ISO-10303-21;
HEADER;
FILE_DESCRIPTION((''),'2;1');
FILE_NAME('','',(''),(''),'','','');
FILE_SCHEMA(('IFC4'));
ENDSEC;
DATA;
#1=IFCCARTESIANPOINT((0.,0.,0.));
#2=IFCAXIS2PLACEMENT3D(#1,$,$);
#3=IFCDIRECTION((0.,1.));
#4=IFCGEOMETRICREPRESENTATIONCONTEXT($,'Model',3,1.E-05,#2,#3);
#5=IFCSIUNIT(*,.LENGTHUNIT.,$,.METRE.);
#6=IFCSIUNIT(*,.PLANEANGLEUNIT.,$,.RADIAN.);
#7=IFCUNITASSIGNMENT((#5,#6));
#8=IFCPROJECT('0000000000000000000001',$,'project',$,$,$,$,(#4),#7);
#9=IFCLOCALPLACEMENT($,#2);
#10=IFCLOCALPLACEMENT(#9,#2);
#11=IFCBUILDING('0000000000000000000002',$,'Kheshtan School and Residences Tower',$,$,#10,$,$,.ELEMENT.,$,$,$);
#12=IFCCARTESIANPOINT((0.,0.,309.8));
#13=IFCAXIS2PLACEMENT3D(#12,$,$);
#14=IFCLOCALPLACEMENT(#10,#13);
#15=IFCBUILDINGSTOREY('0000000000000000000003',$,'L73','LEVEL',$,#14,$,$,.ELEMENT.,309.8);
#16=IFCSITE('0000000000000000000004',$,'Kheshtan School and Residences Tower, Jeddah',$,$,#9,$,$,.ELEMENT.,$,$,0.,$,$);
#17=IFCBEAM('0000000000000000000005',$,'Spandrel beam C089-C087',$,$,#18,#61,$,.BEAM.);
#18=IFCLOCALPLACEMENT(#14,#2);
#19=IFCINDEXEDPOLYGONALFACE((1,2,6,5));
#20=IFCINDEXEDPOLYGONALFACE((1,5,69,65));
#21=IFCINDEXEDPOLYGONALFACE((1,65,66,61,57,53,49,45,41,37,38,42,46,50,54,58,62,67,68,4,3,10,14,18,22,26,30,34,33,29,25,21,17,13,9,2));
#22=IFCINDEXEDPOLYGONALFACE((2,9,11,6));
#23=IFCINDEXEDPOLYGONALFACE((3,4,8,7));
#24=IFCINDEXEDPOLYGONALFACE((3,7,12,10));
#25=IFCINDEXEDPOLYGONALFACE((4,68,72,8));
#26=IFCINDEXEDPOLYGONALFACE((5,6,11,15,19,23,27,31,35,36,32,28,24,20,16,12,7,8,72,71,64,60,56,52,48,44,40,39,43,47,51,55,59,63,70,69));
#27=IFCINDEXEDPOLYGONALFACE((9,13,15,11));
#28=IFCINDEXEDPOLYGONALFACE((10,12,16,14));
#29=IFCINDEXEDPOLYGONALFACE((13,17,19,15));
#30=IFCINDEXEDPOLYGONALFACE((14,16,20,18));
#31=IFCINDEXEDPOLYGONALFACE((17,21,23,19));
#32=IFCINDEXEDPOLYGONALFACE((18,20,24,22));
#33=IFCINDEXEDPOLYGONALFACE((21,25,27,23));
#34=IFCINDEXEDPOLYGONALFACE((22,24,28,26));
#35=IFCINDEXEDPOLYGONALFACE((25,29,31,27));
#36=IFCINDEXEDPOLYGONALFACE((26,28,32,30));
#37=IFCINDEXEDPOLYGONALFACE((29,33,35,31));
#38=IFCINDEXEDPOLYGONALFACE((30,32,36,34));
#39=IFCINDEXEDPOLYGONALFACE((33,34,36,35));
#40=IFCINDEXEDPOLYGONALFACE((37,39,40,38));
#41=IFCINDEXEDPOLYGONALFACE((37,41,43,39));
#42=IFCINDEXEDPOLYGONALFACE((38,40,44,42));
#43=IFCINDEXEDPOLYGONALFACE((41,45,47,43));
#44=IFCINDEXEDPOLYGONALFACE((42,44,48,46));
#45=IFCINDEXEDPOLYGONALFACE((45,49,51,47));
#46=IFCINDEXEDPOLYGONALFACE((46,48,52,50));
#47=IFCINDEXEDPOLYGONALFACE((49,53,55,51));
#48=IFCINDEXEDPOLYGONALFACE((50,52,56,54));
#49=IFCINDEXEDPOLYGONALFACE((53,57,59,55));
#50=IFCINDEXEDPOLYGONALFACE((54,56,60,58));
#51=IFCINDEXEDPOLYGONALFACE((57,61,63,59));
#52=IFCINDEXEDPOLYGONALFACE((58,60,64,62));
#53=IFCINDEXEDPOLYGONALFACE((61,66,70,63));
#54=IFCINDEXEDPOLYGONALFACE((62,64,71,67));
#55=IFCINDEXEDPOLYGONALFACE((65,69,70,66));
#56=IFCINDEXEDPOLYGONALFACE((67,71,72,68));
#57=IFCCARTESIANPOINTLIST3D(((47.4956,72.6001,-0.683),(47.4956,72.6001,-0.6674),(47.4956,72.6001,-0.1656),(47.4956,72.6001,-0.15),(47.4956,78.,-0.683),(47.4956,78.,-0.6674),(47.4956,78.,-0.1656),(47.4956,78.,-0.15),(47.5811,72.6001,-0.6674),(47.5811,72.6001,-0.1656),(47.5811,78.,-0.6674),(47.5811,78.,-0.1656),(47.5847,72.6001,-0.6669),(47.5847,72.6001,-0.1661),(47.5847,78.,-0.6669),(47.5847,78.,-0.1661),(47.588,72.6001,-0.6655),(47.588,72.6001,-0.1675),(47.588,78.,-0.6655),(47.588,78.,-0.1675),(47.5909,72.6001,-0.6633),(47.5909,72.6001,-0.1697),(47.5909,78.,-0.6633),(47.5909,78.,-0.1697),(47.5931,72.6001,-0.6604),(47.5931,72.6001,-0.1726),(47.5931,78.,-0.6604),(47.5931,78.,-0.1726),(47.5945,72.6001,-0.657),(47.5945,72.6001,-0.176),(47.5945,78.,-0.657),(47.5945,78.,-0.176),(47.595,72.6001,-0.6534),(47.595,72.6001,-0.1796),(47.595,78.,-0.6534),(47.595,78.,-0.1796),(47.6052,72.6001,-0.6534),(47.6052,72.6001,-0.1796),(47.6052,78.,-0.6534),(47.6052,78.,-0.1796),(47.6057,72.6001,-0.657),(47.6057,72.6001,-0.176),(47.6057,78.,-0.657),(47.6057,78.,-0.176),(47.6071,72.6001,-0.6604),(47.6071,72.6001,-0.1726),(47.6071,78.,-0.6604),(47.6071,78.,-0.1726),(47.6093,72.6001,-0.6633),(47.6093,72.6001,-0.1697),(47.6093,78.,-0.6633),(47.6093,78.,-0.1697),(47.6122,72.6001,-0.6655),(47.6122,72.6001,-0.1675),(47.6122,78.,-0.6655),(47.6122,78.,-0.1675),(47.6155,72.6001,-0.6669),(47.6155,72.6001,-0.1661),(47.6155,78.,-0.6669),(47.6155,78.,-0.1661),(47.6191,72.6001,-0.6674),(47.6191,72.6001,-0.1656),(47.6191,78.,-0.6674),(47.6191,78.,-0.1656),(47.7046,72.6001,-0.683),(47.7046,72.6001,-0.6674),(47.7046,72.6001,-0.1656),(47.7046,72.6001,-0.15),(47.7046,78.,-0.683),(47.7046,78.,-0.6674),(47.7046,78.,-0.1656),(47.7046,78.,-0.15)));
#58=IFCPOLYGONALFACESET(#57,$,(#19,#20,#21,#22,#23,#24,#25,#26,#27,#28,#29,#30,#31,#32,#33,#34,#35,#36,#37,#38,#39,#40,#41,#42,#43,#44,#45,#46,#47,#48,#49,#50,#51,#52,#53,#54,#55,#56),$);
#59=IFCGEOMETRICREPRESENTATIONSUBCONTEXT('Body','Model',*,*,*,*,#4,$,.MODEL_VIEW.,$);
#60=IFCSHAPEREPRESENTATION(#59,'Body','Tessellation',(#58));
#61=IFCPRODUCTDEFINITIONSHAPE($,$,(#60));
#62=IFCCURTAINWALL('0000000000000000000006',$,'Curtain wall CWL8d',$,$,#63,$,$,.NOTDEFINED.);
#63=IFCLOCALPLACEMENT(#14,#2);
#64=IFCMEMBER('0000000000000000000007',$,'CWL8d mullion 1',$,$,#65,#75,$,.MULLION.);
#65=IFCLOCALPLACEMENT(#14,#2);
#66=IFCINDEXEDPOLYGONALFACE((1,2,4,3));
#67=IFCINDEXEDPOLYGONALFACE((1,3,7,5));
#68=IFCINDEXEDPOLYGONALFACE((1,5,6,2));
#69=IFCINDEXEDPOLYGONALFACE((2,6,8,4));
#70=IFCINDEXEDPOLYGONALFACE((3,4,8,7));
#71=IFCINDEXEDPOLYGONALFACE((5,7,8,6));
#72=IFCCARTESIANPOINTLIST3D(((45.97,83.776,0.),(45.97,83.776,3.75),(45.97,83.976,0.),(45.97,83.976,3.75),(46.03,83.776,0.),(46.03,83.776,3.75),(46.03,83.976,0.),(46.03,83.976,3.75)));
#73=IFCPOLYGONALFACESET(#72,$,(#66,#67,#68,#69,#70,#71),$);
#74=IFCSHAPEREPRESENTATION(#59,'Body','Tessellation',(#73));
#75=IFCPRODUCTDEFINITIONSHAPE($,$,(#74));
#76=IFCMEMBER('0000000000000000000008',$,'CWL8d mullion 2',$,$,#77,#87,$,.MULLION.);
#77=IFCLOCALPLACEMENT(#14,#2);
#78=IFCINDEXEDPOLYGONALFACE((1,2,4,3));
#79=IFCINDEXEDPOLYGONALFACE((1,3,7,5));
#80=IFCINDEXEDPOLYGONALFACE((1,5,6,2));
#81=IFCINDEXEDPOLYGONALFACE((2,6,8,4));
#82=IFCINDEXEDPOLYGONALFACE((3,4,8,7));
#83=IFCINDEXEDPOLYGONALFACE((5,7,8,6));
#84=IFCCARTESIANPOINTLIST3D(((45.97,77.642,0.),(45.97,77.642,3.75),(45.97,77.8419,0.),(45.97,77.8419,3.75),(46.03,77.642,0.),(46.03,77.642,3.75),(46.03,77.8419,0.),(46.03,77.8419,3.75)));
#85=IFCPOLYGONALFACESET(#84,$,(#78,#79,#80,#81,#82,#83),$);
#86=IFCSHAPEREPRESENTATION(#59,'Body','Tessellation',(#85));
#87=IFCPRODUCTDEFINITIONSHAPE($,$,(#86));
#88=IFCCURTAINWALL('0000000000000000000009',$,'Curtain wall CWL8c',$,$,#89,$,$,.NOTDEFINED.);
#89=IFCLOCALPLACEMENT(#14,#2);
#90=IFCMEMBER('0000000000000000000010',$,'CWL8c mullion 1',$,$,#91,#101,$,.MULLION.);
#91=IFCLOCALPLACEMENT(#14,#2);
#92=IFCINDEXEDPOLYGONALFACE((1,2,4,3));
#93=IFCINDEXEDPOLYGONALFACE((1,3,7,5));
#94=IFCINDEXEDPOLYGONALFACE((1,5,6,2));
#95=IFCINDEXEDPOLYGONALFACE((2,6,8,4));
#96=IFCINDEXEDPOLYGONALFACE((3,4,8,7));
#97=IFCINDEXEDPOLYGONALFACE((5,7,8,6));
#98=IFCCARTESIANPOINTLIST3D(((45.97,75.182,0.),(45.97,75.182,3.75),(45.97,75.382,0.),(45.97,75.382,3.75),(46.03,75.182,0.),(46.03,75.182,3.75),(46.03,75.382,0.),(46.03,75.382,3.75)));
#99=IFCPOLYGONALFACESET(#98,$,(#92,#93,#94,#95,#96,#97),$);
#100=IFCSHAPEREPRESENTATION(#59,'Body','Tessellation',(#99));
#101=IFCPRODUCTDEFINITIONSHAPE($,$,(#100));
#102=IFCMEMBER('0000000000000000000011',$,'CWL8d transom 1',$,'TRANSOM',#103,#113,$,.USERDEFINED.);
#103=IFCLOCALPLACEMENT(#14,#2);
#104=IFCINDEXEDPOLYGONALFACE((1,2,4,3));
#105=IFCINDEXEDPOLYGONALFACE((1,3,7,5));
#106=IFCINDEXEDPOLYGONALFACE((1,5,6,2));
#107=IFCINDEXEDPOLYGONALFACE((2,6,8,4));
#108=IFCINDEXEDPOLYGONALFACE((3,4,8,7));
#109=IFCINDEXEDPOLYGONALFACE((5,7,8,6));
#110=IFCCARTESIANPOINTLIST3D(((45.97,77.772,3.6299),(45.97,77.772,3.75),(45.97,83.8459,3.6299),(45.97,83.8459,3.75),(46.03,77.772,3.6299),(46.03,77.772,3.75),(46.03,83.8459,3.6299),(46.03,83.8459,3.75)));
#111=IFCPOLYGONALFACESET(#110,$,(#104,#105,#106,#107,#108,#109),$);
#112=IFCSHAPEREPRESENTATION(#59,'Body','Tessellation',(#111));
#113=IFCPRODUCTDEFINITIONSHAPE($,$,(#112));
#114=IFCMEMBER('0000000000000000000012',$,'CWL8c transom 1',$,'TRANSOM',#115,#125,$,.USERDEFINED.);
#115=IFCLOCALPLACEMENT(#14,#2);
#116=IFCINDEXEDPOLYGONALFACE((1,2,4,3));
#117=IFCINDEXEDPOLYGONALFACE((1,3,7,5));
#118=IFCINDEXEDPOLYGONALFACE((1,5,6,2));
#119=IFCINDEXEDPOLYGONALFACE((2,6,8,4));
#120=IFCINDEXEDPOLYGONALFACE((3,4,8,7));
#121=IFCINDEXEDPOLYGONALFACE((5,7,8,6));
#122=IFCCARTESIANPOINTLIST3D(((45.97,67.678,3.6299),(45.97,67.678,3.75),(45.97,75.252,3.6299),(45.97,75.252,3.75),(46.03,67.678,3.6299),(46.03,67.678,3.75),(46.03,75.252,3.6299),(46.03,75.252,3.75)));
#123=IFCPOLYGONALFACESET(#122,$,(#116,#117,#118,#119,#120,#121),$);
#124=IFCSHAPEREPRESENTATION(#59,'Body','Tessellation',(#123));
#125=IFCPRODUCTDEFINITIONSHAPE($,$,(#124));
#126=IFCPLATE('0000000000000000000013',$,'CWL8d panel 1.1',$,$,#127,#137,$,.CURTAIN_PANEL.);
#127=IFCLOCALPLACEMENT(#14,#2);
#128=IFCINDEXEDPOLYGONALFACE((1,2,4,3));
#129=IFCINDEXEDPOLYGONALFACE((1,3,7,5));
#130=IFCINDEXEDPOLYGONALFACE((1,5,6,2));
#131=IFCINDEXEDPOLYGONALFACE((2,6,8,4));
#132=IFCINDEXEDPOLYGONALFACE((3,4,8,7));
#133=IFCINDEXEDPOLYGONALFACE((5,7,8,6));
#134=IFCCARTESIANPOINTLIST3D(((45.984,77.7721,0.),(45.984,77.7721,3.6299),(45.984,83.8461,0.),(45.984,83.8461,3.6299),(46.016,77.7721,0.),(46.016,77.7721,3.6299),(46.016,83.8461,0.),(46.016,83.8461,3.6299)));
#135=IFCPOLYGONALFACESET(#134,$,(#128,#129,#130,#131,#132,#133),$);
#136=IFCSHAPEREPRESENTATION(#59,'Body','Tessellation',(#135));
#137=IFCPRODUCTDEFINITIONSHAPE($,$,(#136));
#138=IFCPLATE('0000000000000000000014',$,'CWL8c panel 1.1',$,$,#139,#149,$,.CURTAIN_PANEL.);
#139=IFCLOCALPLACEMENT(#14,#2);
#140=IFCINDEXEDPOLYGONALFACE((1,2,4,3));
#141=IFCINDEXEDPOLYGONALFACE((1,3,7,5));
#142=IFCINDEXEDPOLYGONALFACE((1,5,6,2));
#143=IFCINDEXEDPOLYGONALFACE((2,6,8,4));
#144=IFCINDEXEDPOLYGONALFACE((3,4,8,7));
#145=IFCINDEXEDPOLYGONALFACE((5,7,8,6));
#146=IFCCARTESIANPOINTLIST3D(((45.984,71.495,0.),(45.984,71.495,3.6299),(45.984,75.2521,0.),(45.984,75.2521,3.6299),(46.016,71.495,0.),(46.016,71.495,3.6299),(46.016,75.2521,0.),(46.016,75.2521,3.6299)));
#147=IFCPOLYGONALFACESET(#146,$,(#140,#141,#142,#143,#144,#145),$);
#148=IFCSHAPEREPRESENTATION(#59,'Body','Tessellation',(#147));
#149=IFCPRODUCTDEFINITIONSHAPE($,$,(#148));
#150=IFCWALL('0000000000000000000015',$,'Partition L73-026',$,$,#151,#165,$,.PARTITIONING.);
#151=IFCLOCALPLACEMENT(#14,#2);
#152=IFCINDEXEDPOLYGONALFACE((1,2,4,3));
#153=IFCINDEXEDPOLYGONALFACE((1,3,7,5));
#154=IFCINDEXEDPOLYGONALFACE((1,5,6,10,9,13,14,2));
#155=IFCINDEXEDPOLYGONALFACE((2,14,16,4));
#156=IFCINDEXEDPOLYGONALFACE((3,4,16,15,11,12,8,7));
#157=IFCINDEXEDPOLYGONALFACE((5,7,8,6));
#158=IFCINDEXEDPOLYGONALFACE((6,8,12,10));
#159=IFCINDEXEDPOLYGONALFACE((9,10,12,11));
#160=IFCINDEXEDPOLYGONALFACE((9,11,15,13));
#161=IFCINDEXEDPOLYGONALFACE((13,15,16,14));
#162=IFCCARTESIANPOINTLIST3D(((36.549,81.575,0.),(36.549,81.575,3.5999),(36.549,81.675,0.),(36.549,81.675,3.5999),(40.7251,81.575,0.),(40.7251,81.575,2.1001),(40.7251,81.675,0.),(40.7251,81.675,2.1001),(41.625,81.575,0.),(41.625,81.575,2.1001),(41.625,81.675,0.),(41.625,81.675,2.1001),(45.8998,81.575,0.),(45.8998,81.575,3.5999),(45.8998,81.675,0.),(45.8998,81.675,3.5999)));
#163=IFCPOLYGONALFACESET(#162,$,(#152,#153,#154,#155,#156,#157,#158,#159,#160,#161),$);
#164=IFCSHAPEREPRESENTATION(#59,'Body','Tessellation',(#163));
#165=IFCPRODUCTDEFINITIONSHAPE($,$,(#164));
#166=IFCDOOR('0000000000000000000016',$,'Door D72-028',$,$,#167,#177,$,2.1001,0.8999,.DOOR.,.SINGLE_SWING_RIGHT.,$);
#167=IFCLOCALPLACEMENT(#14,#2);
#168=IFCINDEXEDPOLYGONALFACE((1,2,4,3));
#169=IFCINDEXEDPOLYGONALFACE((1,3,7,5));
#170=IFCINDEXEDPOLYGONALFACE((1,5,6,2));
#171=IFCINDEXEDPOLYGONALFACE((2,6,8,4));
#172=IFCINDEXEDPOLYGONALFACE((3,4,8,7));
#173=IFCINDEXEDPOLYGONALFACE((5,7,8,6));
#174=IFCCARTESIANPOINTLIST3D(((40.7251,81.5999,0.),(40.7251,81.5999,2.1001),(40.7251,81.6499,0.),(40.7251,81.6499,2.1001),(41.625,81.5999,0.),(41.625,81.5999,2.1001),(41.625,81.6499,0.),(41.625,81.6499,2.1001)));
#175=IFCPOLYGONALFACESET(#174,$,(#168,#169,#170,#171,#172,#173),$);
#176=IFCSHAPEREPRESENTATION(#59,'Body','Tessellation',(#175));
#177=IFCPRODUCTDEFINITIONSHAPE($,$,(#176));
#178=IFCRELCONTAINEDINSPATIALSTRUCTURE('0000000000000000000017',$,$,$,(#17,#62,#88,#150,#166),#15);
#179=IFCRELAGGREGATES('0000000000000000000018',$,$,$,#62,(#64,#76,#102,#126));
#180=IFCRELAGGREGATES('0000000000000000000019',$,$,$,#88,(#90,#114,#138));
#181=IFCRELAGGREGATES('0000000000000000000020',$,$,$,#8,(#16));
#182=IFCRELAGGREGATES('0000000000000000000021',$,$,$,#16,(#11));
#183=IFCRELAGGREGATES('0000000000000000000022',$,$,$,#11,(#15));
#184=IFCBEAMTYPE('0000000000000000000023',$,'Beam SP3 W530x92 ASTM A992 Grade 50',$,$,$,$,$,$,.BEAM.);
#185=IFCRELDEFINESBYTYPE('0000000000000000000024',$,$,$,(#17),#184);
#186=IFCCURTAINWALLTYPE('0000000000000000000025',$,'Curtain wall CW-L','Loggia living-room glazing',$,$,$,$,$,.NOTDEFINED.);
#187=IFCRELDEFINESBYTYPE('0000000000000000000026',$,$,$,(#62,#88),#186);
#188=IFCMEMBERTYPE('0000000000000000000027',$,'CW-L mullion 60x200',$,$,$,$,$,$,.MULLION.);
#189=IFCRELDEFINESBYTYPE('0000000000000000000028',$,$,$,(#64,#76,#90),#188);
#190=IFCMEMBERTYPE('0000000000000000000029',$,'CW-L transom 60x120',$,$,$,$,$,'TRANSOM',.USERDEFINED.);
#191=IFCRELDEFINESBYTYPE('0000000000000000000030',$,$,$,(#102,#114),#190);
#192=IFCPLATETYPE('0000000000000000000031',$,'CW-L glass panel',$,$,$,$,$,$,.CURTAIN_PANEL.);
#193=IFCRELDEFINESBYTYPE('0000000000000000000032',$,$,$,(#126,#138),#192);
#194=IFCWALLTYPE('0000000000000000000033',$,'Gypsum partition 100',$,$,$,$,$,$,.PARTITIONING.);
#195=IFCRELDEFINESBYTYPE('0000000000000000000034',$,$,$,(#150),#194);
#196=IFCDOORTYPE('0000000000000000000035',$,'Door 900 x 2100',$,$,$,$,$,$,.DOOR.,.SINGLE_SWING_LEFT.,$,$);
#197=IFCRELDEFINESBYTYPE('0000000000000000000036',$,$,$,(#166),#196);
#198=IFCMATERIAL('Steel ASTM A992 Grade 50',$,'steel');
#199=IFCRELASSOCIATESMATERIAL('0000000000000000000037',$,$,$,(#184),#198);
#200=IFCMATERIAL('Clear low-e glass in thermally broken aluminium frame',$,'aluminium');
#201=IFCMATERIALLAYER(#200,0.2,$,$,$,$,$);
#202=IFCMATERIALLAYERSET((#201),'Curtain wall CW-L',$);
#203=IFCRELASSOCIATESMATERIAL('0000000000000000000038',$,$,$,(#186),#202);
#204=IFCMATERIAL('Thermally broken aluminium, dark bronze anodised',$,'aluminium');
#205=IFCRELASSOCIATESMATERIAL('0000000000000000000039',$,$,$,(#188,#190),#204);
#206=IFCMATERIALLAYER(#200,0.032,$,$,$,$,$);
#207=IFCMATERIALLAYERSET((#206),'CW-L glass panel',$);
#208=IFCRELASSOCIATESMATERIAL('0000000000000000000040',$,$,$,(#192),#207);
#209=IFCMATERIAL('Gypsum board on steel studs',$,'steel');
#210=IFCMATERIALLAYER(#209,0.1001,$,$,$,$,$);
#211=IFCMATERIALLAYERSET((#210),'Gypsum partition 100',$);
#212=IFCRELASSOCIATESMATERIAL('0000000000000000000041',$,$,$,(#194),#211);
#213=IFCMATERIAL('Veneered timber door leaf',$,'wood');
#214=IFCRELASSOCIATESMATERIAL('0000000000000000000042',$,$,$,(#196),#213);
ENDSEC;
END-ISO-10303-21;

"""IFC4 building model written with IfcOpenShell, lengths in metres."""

from ifc_helpers import new_model, si_unit, direction, frame, frame_2d, origin, origin_2d, place, context, subcontext, project, spatial, rectangle, i_section, extrude, source, transform, mapped, material, layer, layer_set, material_profile, profile_set, type_object, element, fill, aggregate, save


model = new_model("IFC4")

# Units and contexts
model_context = context("Model", 3, precision=1e-05, world=origin(), true_north=direction((0.0, 1.0)))
body_context = subcontext(model_context, "Body", "Model", "MODEL_VIEW")
ifc_project = project(units=[si_unit("LENGTHUNIT", "METRE"), si_unit("PLANEANGLEUNIT", "RADIAN")], contexts=[model_context])

# Site, building, storey
site_placement = place(None, origin())
site = spatial("IfcSite", under=ifc_project, at=site_placement, Name="Kheshtan School and Residences Tower, Jeddah", CompositionType="ELEMENT", RefElevation=0.0)
building_placement = place(site_placement, origin())
building = spatial("IfcBuilding", under=site, at=building_placement, Name="Kheshtan School and Residences Tower", CompositionType="ELEMENT")
storey_placement = place(building_placement, frame((0.0, 0.0, 309.8)))
storey = spatial("IfcBuildingStorey", under=building, at=storey_placement, Name="L73", Description="LEVEL", CompositionType="ELEMENT", Elevation=309.8)

# Shared definitions
ifc_material_1 = material(Name="Steel ASTM A992 Grade 50", Category="steel")

# Beam
ifc_material_profile_1 = material_profile(ifc_material_1, i_section(OverallWidth=0.209, OverallDepth=0.533, WebThickness=0.0103, FlangeThickness=0.0156, FilletRadius=0.0139, at=origin_2d()), Name="W530x92")
ifc_profile_set_1 = profile_set([ifc_material_profile_1], Name="Steel ASTM A992 Grade 50")
beam_type_1 = type_object("IfcBeamType", Name="Beam SP3 W530x92 ASTM A992 Grade 50", PredefinedType="BEAM", material=ifc_profile_set_1)
for number, where, z_axis, x_axis, name in (
    (1, (47.6001, 78.0, -0.4165), (0.0, -1.0, 0.0), (1.0, 0.0, 0.0), "Spandrel beam C089-C087"),
):
    element("IfcBeam", number, at=place(storey_placement, frame(where, z_axis=z_axis, x_axis=x_axis)), inside=storey, type_object=beam_type_1, Name=name, PredefinedType="BEAM", context=body_context, shape_type="SweptSolid", body=[
        extrude(i_section(OverallWidth=0.209, OverallDepth=0.533, WebThickness=0.0103, FlangeThickness=0.0156, FilletRadius=0.0139, at=origin_2d()), origin(), (0.0, 0.0, 1.0), 5.3999),
    ])

# Curtain wall, members
ifc_material_2 = material(Name="Clear low-e glass in thermally broken aluminium frame", Category="aluminium")
ifc_layer_1 = layer(ifc_material_2, 0.2)
ifc_layer_set_1 = layer_set([ifc_layer_1], Name="Curtain wall CW-L")
curtain_wall_type = type_object("IfcCurtainWallType", Name="Curtain wall CW-L", Description="Loggia living-room glazing", PredefinedType="NOTDEFINED", material=ifc_layer_set_1)
curtain_wall_1_placement = place(storey_placement, origin())
curtain_wall_1 = element("IfcCurtainWall", 2, at=curtain_wall_1_placement, inside=storey, type_object=curtain_wall_type, Name="Curtain wall CWL8d", PredefinedType="NOTDEFINED")
ifc_material_3 = material(Name="Thermally broken aluminium, dark bronze anodised", Category="aluminium")
ifc_material_profile_2 = material_profile(ifc_material_3, rectangle(XDim=0.0601, YDim=0.2, at=origin_2d()), Name="CW-L mullion 60x200")
ifc_profile_set_2 = profile_set([ifc_material_profile_2], Name="Thermally broken aluminium, dark bronze anodised")
member_type_1 = type_object("IfcMemberType", Name="CW-L mullion 60x200", PredefinedType="MULLION", material=ifc_profile_set_2)
member_1_placement = place(storey_placement, frame((46.0, 83.876, 0.0), z_axis=(0.0, 0.0, 1.0), x_axis=(1.0, 0.0, 0.0)))
member_1 = element("IfcMember", 3, at=member_1_placement, type_object=member_type_1, Name="CWL8d mullion 1", PredefinedType="MULLION", context=body_context, shape_type="SweptSolid", body=[
    extrude(rectangle(XDim=0.0601, YDim=0.2, at=origin_2d()), origin(), (0.0, 0.0, 1.0), 3.75),
])
member_2_placement = place(storey_placement, frame((46.0, 77.7419, 0.0), z_axis=(0.0, 0.0, 1.0), x_axis=(1.0, 0.0, 0.0)))
member_2 = element("IfcMember", 4, at=member_2_placement, type_object=member_type_1, Name="CWL8d mullion 2", PredefinedType="MULLION", context=body_context, shape_type="SweptSolid", body=[
    extrude(rectangle(XDim=0.0601, YDim=0.2, at=origin_2d()), origin(), (0.0, 0.0, 1.0), 3.75),
])

# Curtain wall, member
curtain_wall_2_placement = place(storey_placement, origin())
curtain_wall_2 = element("IfcCurtainWall", 5, at=curtain_wall_2_placement, inside=storey, type_object=curtain_wall_type, Name="Curtain wall CWL8c", PredefinedType="NOTDEFINED")
member_3_placement = place(storey_placement, frame((46.0, 75.282, 0.0), z_axis=(0.0, 0.0, 1.0), x_axis=(1.0, 0.0, 0.0)))
member_3 = element("IfcMember", 6, at=member_3_placement, type_object=member_type_1, Name="CWL8c mullion 1", PredefinedType="MULLION", context=body_context, shape_type="SweptSolid", body=[
    extrude(rectangle(XDim=0.0601, YDim=0.2, at=origin_2d()), origin(), (0.0, 0.0, 1.0), 3.75),
])

# Members
ifc_material_profile_3 = material_profile(ifc_material_3, rectangle(XDim=0.0601, YDim=0.1201, at=origin_2d()), Name="CW-L transom 60x120")
ifc_profile_set_3 = profile_set([ifc_material_profile_3], Name="Thermally broken aluminium, dark bronze anodised")
member_type_2 = type_object("IfcMemberType", Name="CW-L transom 60x120", ElementType="TRANSOM", PredefinedType="USERDEFINED", material=ifc_profile_set_3)
member_4_placement = place(storey_placement, frame((46.0, 83.8459, 3.6899), z_axis=(0.0, -1.0, 0.0), x_axis=(1.0, 0.0, 0.0)))
member_4 = element("IfcMember", 7, at=member_4_placement, type_object=member_type_2, Name="CWL8d transom 1", ObjectType="TRANSOM", PredefinedType="USERDEFINED", context=body_context, shape_type="SweptSolid", body=[
    extrude(rectangle(XDim=0.0601, YDim=0.1201, at=origin_2d()), origin(), (0.0, 0.0, 1.0), 6.074),
])
member_5_placement = place(storey_placement, frame((46.0, 75.252, 3.6899), z_axis=(0.0, -1.0, 0.0), x_axis=(1.0, 0.0, 0.0)))
member_5 = element("IfcMember", 8, at=member_5_placement, type_object=member_type_2, Name="CWL8c transom 1", ObjectType="TRANSOM", PredefinedType="USERDEFINED", context=body_context, shape_type="SweptSolid", body=[
    extrude(rectangle(XDim=0.0601, YDim=0.1201, at=origin_2d()), origin(), (0.0, 0.0, 1.0), 7.574),
])

# Plates
ifc_layer_2 = layer(ifc_material_2, 0.032)
ifc_layer_set_2 = layer_set([ifc_layer_2], Name="CW-L glass panel")
plate_type = type_object("IfcPlateType", Name="CW-L glass panel", PredefinedType="CURTAIN_PANEL", material=ifc_layer_set_2)
plate_1_placement = place(storey_placement, frame((46.0, 80.8091, 0.0), z_axis=(0.0, 0.0, 1.0), x_axis=(0.0, -1.0, 0.0)))
plate_1 = element("IfcPlate", 9, at=plate_1_placement, type_object=plate_type, Name="CWL8d panel 1.1", PredefinedType="CURTAIN_PANEL", context=body_context, shape_type="SweptSolid", body=[
    extrude(rectangle(XDim=6.074, YDim=0.032, at=origin_2d()), origin(), (0.0, 0.0, 1.0), 3.6299),
])
aggregate(curtain_wall_1, [member_1, member_2, member_4, plate_1])
plate_2_placement = place(storey_placement, frame((46.0, 73.3735, 0.0), z_axis=(0.0, 0.0, 1.0), x_axis=(0.0, -1.0, 0.0)))
plate_2 = element("IfcPlate", 10, at=plate_2_placement, type_object=plate_type, Name="CWL8c panel 1.1", PredefinedType="CURTAIN_PANEL", context=body_context, shape_type="SweptSolid", body=[
    extrude(rectangle(XDim=3.7571, YDim=0.032, at=origin_2d()), origin(), (0.0, 0.0, 1.0), 3.6299),
])
aggregate(curtain_wall_2, [member_3, member_5, plate_2])

# Wall, opening, door
ifc_material_4 = material(Name="Gypsum board on steel studs", Category="steel")
ifc_layer_3 = layer(ifc_material_4, 0.1001)
ifc_layer_set_3 = layer_set([ifc_layer_3], Name="Gypsum partition 100")
wall_type_1 = type_object("IfcWallType", Name="Gypsum partition 100", PredefinedType="PARTITIONING", material=ifc_layer_set_3)
wall_1_placement = place(storey_placement, frame((36.5491, 81.625, 0.0), z_axis=(0.0, 0.0, 1.0), x_axis=(1.0, 0.0, 0.0)))
wall_1 = element("IfcWall", 11, at=wall_1_placement, inside=storey, type_object=wall_type_1, Name="Partition L73-026", PredefinedType="PARTITIONING", context=body_context, shape_type="SweptSolid", body=[
    extrude(rectangle(XDim=9.3508, YDim=0.1001, at=frame_2d((4.6753, 0.0))), origin(), (0.0, 0.0, 1.0), 3.5999),
])
opening_1_placement = place(wall_1_placement, frame((4.176, 0.0, 0.0)))
opening_1 = element("IfcOpeningElement", 12, at=opening_1_placement, cuts=wall_1, PredefinedType="OPENING", context=body_context, shape_type="SweptSolid", body=[
    extrude(rectangle(XDim=0.8999, YDim=2.1001, at=frame_2d((0.45, 1.05))), frame((0.0, 0.0601, 0.0), z_axis=(0.0, -1.0, 0.0), x_axis=(1.0, 0.0, 0.0)), (0.0, 0.0, 1.0), 0.1201),
])
ifc_material_5 = material(Name="Veneered timber door leaf", Category="wood")
door_type_1 = type_object("IfcDoorType", Name="Door 900 x 2100", OperationType="SINGLE_SWING_LEFT", PredefinedType="DOOR", material=ifc_material_5)
shared_shape_1 = source(origin(), body_context, "Body", "SweptSolid", [
    extrude(rectangle(XDim=0.8999, YDim=2.1001, at=frame_2d((0.45, 1.05))), frame((0.0, 0.0249, 0.0), z_axis=(0.0, -1.0, 0.0), x_axis=(1.0, 0.0, 0.0)), (0.0, 0.0, 1.0), 0.05),
])
door_1_placement = place(opening_1_placement, origin())
door_1 = element("IfcDoor", 13, at=door_1_placement, inside=storey, type_object=door_type_1, Name="Door D72-028", OperationType="SINGLE_SWING_RIGHT", OverallHeight=2.1001, OverallWidth=0.8999, PredefinedType="DOOR", context=body_context, shape_type="MappedRepresentation", body=[
    mapped(shared_shape_1, transform((0.0, 0.0, 0.0), x_axis=(1.0, 0.0, 0.0), y_axis=(0.0, 1.0, 0.0), z_axis=(0.0, 0.0, 1.0), scale=1.0)),
])
fill(opening_1, door_1)

save(model, "model.ifc")
